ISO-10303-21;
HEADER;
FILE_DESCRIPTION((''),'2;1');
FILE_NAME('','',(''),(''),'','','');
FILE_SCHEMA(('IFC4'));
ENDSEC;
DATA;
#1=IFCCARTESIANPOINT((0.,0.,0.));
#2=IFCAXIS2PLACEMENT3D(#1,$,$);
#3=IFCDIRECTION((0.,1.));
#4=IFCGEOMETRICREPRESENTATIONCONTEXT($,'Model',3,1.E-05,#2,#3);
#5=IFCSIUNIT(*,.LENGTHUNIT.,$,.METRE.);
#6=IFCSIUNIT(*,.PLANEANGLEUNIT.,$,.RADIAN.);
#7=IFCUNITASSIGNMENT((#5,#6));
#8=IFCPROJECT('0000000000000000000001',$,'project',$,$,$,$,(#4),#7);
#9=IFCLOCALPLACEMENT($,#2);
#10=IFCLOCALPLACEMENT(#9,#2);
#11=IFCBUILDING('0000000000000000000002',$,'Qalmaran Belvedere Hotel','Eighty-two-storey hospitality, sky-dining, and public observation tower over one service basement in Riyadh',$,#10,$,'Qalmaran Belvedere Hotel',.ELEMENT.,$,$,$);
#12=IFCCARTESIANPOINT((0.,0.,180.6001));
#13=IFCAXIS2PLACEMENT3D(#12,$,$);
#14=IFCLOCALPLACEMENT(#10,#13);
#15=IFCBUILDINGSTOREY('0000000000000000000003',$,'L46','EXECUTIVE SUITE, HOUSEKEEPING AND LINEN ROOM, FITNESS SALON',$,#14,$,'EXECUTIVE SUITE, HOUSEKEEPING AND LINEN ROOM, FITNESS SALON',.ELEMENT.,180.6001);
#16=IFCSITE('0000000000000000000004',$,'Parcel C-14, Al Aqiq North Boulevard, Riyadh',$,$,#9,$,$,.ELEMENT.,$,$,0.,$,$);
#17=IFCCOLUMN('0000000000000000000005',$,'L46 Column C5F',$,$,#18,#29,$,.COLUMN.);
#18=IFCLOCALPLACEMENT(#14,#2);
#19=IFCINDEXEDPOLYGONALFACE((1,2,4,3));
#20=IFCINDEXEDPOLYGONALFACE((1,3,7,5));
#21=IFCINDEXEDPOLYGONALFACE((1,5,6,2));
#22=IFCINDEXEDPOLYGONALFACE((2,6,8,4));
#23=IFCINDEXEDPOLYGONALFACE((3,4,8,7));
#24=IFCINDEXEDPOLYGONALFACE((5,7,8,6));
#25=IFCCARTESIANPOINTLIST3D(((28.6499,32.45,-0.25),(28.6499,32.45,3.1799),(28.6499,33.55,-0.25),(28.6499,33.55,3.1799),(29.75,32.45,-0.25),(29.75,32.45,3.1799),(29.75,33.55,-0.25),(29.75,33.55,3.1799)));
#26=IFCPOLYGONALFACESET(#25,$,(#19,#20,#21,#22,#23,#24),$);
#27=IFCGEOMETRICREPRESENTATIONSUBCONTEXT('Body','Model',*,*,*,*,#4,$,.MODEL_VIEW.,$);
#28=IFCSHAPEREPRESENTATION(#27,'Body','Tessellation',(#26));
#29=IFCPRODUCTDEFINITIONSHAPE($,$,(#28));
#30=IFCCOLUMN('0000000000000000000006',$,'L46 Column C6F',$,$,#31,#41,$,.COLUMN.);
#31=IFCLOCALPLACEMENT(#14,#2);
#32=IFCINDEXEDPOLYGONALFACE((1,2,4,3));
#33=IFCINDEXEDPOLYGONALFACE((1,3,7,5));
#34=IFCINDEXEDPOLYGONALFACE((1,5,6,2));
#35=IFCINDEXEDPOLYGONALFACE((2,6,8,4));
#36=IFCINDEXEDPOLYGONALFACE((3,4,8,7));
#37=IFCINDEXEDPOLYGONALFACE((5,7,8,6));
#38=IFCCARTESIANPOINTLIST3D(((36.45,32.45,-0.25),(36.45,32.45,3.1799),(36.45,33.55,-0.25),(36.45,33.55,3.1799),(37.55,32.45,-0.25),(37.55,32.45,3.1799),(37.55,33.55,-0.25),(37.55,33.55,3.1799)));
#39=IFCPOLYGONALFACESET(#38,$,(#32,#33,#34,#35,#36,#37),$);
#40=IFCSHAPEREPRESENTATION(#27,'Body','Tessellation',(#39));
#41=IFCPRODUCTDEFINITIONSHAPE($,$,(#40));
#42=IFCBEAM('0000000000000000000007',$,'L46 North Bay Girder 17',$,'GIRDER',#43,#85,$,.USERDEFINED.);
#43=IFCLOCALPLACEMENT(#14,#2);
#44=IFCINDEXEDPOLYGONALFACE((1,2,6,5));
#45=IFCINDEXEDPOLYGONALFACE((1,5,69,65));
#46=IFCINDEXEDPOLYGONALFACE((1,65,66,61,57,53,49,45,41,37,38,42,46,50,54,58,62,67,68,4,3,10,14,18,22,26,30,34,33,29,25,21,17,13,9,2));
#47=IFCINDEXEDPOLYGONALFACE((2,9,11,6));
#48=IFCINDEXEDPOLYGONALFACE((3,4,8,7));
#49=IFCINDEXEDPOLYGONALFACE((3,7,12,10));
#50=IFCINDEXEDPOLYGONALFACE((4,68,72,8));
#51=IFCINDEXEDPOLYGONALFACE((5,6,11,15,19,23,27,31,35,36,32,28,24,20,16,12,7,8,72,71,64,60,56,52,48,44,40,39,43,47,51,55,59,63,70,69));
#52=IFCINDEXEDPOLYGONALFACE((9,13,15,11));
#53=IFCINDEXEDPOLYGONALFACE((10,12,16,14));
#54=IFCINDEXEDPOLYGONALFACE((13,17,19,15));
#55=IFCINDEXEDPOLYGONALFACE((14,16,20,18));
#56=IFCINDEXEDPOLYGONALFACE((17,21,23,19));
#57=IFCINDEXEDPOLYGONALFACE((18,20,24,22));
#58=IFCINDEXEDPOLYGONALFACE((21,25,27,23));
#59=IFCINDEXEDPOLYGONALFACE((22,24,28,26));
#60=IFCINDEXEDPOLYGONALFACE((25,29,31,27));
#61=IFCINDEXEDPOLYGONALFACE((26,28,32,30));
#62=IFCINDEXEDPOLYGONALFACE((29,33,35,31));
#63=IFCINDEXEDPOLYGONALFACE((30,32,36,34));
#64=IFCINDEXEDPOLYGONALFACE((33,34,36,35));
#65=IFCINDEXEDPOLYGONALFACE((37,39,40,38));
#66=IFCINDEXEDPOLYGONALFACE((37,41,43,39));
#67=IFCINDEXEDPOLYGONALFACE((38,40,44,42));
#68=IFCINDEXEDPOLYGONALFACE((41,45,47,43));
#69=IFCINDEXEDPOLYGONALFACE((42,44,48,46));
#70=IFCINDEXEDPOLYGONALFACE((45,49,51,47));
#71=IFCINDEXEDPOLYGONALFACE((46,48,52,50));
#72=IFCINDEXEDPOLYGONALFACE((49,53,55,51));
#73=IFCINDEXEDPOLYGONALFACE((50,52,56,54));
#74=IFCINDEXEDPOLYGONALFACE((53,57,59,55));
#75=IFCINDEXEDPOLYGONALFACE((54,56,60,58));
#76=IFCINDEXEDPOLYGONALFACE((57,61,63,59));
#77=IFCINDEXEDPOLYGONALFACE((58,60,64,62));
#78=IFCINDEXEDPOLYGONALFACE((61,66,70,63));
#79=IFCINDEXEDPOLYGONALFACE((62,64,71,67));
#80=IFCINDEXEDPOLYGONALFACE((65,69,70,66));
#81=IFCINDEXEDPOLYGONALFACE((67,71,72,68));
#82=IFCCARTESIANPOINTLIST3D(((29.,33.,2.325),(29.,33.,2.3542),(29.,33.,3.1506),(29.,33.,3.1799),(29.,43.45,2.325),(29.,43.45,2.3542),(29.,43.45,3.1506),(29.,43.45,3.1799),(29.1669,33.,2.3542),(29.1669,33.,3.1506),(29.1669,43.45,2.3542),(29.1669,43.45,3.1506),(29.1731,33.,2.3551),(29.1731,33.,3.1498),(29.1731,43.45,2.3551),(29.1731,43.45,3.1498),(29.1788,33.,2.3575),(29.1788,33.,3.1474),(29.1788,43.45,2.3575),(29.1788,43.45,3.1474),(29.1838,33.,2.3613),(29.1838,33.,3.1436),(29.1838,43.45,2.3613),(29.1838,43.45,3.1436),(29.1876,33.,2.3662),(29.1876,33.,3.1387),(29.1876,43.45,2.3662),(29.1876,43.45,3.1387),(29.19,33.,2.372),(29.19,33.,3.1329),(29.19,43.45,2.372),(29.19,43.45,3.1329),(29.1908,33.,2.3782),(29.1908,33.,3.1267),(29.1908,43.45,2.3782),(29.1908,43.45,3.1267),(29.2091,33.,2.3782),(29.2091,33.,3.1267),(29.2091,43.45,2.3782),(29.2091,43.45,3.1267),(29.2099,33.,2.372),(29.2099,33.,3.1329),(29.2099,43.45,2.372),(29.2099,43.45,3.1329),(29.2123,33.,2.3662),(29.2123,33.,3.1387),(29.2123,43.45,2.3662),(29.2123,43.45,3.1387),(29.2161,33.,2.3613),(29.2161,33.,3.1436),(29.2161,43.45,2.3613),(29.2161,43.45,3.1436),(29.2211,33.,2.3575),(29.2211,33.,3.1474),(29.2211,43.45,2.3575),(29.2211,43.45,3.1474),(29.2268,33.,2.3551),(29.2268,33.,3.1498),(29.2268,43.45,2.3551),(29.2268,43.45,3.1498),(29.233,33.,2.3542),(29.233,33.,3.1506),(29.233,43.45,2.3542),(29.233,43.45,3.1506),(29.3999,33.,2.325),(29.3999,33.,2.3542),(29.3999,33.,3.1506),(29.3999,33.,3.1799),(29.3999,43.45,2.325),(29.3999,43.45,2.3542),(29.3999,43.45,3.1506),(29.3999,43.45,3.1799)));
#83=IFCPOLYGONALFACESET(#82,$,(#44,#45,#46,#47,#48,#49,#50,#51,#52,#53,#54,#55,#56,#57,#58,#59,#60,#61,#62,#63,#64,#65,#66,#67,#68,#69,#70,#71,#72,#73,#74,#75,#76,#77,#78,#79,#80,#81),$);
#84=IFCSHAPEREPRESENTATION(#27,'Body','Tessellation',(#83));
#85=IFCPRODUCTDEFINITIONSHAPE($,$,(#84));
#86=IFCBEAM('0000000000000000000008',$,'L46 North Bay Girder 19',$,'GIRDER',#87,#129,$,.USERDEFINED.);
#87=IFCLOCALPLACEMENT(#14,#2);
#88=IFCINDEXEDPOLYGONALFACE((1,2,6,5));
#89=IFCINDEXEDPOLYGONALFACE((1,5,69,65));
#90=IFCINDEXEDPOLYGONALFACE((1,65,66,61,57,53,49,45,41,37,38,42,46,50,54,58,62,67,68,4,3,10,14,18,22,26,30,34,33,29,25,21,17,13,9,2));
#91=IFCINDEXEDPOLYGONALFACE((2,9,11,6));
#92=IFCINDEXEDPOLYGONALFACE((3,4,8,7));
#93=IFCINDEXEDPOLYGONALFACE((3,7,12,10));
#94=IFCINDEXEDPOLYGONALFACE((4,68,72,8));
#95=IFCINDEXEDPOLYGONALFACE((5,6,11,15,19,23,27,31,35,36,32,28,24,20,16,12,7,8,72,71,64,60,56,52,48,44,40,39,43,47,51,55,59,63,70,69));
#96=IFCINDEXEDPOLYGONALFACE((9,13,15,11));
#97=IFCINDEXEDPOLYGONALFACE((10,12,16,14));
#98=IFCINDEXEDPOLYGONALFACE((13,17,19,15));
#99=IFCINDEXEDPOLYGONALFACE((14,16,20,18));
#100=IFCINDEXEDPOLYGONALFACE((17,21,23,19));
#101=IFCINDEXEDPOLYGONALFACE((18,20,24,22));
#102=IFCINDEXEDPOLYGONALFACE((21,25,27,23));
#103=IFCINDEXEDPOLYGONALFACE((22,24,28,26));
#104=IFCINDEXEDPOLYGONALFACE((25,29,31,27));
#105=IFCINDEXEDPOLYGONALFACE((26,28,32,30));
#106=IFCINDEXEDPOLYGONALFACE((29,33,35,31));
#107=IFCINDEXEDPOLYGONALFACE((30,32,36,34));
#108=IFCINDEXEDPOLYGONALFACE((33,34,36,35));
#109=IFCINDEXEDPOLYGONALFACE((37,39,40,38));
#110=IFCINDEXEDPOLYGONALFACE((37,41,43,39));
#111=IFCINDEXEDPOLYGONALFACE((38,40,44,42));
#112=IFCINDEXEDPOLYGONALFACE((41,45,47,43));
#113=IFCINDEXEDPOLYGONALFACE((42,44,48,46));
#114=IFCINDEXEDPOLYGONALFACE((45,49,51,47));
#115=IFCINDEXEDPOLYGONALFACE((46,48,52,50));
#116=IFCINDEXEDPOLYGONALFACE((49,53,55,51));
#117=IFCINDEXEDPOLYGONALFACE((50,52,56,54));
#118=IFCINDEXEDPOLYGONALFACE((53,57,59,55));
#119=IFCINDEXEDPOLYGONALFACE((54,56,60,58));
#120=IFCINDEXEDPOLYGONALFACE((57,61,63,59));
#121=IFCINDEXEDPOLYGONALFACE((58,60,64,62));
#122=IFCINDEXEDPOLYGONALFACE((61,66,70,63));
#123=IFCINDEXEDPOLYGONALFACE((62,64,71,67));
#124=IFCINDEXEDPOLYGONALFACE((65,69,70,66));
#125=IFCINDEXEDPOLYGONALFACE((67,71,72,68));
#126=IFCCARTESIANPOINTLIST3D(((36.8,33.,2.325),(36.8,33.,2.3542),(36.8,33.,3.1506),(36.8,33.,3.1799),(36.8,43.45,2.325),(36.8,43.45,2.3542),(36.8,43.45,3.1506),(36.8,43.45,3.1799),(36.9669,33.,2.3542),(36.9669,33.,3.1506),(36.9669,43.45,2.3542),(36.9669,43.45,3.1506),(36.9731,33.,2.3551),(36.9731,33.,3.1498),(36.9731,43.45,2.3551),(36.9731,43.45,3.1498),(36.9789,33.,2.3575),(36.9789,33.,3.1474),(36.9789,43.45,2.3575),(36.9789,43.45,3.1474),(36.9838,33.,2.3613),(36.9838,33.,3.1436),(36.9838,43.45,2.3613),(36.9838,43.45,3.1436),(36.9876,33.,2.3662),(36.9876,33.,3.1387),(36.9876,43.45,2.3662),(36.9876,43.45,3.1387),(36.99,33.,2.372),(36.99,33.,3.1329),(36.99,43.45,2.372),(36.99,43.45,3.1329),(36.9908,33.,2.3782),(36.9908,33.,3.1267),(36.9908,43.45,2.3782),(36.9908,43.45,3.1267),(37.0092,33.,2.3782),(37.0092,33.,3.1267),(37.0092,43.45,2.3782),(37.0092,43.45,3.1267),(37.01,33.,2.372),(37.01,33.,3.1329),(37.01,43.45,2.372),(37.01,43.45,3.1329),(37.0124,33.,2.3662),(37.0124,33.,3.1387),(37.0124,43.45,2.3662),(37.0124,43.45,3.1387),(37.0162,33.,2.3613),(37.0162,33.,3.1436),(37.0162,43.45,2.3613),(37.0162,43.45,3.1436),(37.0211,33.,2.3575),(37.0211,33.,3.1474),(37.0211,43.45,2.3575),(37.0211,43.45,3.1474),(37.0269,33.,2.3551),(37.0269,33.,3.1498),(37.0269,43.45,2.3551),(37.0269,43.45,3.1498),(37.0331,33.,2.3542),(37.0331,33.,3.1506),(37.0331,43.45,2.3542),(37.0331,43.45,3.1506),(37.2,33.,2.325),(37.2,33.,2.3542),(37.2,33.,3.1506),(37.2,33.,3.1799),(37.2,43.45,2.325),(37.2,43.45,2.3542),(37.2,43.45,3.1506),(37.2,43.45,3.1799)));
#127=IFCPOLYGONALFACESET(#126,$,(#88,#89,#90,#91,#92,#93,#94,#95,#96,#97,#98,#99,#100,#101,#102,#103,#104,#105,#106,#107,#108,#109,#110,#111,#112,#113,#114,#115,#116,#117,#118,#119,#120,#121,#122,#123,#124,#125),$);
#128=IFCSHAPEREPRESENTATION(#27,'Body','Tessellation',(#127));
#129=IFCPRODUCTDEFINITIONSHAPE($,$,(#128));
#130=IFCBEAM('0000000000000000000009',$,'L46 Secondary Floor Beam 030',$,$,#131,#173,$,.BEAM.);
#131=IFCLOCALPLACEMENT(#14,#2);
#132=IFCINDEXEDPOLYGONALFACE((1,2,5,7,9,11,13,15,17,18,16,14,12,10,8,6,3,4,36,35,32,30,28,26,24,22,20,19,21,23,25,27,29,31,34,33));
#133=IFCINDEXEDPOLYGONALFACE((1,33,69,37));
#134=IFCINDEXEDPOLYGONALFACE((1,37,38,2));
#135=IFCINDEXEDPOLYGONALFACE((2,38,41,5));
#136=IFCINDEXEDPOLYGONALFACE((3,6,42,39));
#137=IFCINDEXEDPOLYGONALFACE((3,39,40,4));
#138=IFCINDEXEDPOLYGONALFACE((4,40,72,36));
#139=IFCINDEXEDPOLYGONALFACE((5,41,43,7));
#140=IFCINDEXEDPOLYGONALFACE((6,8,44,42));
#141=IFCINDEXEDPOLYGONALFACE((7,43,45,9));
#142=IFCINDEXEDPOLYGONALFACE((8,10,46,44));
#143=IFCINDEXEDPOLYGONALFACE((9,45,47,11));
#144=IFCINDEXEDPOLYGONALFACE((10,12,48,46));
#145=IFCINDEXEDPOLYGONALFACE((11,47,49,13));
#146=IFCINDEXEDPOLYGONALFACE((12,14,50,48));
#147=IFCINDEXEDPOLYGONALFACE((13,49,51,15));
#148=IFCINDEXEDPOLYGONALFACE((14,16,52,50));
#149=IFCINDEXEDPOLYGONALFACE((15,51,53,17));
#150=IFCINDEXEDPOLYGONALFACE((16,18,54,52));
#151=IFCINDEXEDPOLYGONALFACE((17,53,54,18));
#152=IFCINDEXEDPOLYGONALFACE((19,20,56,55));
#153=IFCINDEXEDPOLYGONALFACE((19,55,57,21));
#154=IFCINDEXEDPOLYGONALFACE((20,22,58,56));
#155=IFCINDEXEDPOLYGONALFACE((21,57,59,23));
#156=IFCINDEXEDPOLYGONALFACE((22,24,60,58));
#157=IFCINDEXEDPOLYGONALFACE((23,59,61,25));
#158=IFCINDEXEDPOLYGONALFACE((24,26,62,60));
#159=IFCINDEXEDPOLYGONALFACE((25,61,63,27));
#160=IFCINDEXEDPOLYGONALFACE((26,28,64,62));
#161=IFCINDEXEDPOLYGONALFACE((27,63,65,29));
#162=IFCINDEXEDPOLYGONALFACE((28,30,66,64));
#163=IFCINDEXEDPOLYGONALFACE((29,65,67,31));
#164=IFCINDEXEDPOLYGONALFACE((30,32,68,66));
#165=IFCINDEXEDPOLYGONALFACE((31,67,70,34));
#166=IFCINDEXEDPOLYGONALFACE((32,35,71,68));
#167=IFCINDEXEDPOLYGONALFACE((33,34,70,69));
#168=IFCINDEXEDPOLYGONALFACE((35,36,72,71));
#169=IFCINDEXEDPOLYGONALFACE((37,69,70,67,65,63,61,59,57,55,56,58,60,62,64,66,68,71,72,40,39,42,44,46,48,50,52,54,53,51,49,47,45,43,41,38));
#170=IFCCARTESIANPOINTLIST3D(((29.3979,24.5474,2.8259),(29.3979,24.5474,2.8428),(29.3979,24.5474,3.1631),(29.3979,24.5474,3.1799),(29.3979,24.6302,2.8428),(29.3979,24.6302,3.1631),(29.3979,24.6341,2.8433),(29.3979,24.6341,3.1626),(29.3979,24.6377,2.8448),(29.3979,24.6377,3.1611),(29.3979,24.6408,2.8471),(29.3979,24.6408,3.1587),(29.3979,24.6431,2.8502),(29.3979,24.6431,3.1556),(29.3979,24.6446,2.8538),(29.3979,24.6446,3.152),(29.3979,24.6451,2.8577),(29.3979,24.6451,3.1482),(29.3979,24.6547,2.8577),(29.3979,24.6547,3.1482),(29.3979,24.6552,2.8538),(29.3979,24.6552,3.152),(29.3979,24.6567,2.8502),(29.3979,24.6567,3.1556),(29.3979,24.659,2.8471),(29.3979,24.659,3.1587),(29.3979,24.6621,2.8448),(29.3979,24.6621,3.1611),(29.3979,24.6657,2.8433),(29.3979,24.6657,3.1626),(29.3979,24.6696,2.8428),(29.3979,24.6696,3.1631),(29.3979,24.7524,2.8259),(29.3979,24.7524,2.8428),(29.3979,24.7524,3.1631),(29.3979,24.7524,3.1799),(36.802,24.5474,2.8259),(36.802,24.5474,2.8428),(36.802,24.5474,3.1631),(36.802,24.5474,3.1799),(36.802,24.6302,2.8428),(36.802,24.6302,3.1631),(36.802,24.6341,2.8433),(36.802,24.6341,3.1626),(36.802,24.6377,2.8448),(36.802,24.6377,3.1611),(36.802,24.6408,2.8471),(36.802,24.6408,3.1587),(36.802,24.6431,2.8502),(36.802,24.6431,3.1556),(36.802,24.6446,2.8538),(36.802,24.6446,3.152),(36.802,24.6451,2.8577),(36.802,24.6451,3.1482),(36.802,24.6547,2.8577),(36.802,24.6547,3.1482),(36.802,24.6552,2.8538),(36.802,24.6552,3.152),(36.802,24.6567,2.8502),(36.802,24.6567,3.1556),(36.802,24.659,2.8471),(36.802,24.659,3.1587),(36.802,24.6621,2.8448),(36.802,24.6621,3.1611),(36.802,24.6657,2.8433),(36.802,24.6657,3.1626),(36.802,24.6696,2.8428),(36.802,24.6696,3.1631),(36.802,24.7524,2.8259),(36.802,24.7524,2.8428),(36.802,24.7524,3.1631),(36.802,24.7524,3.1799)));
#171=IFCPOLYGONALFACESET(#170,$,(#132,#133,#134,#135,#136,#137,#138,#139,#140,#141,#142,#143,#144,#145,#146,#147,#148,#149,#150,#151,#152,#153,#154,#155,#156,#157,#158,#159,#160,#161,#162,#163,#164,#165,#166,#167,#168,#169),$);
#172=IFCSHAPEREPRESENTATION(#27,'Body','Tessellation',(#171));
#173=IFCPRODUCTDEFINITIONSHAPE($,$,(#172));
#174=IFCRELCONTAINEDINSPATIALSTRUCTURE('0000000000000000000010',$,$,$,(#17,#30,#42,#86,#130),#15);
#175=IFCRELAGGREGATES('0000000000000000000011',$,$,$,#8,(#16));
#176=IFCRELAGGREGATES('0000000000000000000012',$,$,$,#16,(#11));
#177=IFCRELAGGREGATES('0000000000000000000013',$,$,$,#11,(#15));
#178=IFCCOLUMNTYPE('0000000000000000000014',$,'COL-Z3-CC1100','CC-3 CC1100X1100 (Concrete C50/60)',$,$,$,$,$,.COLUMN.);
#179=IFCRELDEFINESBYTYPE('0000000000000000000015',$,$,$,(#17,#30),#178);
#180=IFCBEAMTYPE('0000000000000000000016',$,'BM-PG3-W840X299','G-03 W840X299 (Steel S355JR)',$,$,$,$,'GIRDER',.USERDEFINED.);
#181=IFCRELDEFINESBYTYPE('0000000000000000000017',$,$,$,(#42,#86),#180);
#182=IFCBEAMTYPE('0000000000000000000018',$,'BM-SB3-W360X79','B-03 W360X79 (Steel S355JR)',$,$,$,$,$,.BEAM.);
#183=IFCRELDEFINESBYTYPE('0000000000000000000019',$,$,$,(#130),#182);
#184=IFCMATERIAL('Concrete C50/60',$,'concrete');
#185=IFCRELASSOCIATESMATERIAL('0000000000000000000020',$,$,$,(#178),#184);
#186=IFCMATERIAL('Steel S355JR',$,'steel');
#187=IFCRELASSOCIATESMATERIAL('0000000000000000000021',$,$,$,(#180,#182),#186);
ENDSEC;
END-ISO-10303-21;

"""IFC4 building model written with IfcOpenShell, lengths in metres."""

from ifc_helpers import new_model, si_unit, direction, frame, origin, origin_2d, place, context, subcontext, project, spatial, rectangle, i_section, extrude, material, material_profile, profile_set, type_object, element, save


model = new_model("IFC4")

# Units and contexts
model_context = context("Model", 3, precision=1e-05, world=origin(), true_north=direction((0.0, 1.0)))
body_context = subcontext(model_context, "Body", "Model", "MODEL_VIEW")
ifc_project = project(units=[si_unit("LENGTHUNIT", "METRE"), si_unit("PLANEANGLEUNIT", "RADIAN")], contexts=[model_context])

# Site, building, storey
site_placement = place(None, origin())
site = spatial("IfcSite", under=ifc_project, at=site_placement, Name="Parcel C-14, Al Aqiq North Boulevard, Riyadh", CompositionType="ELEMENT", RefElevation=0.0)
building_placement = place(site_placement, origin())
building = spatial("IfcBuilding", under=site, at=building_placement, Name="Qalmaran Belvedere Hotel", Description="Eighty-two-storey hospitality, sky-dining, and public observation tower over one service basement in Riyadh", LongName="Qalmaran Belvedere Hotel", CompositionType="ELEMENT")
storey_placement = place(building_placement, frame((0.0, 0.0, 180.6001)))
storey = spatial("IfcBuildingStorey", under=building, at=storey_placement, Name="L46", Description="EXECUTIVE SUITE, HOUSEKEEPING AND LINEN ROOM, FITNESS SALON", LongName="EXECUTIVE SUITE, HOUSEKEEPING AND LINEN ROOM, FITNESS SALON", CompositionType="ELEMENT", Elevation=180.6001)

# Columns
ifc_material_1 = material(Name="Concrete C50/60", Category="concrete")
ifc_material_profile_1 = material_profile(ifc_material_1, rectangle(XDim=1.1001, YDim=1.1001, at=origin_2d()), Name="CC1100X1100")
ifc_profile_set_1 = profile_set([ifc_material_profile_1], Name="Concrete C50/60")
column_type = type_object("IfcColumnType", Name="COL-Z3-CC1100", Description="CC-3 CC1100X1100 (Concrete C50/60)", PredefinedType="COLUMN", material=ifc_profile_set_1)
for number, where, z_axis, x_axis, name in (
    (1, (29.2, 33.0, -0.25), (0.0, 0.0, 1.0), (1.0, 0.0, 0.0), "L46 Column C5F"),
    (2, (37.0, 33.0, -0.25), (0.0, 0.0, 1.0), (1.0, 0.0, 0.0), "L46 Column C6F"),
):
    element("IfcColumn", number, at=place(storey_placement, frame(where, z_axis=z_axis, x_axis=x_axis)), inside=storey, type_object=column_type, Name=name, PredefinedType="COLUMN", context=body_context, shape_type="SweptSolid", body=[
        extrude(rectangle(XDim=1.1001, YDim=1.1001, at=origin_2d()), origin(), (0.0, 0.0, 1.0), 3.4299),
    ])

# Beams
ifc_material_2 = material(Name="Steel S355JR", Category="steel")
ifc_material_profile_2 = material_profile(ifc_material_2, i_section(OverallWidth=0.3999, OverallDepth=0.855, WebThickness=0.0183, FlangeThickness=0.0293, FilletRadius=0.0239, at=origin_2d()), Name="W840X299")
ifc_profile_set_2 = profile_set([ifc_material_profile_2], Name="Steel S355JR")
beam_type_1 = type_object("IfcBeamType", Name="BM-PG3-W840X299", Description="G-03 W840X299 (Steel S355JR)", ElementType="GIRDER", PredefinedType="USERDEFINED", material=ifc_profile_set_2)
for number, where, z_axis, x_axis, name in (
    (3, (29.2, 33.0, 2.7524), (0.0, 1.0, 0.0), (-1.0, 0.0, 0.0), "L46 North Bay Girder 17"),
    (4, (37.0, 33.0, 2.7524), (0.0, 1.0, 0.0), (-1.0, 0.0, 0.0), "L46 North Bay Girder 19"),
):
    element("IfcBeam", number, at=place(storey_placement, frame(where, z_axis=z_axis, x_axis=x_axis)), inside=storey, type_object=beam_type_1, Name=name, ObjectType="GIRDER", PredefinedType="USERDEFINED", context=body_context, shape_type="SweptSolid", body=[
        extrude(i_section(OverallWidth=0.3999, OverallDepth=0.855, WebThickness=0.0183, FlangeThickness=0.0293, FilletRadius=0.0239, at=origin_2d()), origin(), (0.0, 0.0, 1.0), 10.45),
    ])
ifc_material_profile_3 = material_profile(ifc_material_2, i_section(OverallWidth=0.2051, OverallDepth=0.354, WebThickness=0.0095, FlangeThickness=0.0168, FilletRadius=0.0149, at=origin_2d()), Name="W360X79")
ifc_profile_set_3 = profile_set([ifc_material_profile_3], Name="Steel S355JR")
beam_type_2 = type_object("IfcBeamType", Name="BM-SB3-W360X79", Description="B-03 W360X79 (Steel S355JR)", PredefinedType="BEAM", material=ifc_profile_set_3)
for number, where, z_axis, x_axis, name in (
    (5, (29.3979, 24.6499, 3.0029), (1.0, 0.0, 0.0), (0.0, 1.0, 0.0), "L46 Secondary Floor Beam 030"),
):
    element("IfcBeam", number, at=place(storey_placement, frame(where, z_axis=z_axis, x_axis=x_axis)), inside=storey, type_object=beam_type_2, Name=name, PredefinedType="BEAM", context=body_context, shape_type="SweptSolid", body=[
        extrude(i_section(OverallWidth=0.2051, OverallDepth=0.354, WebThickness=0.0095, FlangeThickness=0.0168, FilletRadius=0.0149, at=origin_2d()), origin(), (0.0, 0.0, 1.0), 7.4041),
    ])

save(model, "model.ifc")
